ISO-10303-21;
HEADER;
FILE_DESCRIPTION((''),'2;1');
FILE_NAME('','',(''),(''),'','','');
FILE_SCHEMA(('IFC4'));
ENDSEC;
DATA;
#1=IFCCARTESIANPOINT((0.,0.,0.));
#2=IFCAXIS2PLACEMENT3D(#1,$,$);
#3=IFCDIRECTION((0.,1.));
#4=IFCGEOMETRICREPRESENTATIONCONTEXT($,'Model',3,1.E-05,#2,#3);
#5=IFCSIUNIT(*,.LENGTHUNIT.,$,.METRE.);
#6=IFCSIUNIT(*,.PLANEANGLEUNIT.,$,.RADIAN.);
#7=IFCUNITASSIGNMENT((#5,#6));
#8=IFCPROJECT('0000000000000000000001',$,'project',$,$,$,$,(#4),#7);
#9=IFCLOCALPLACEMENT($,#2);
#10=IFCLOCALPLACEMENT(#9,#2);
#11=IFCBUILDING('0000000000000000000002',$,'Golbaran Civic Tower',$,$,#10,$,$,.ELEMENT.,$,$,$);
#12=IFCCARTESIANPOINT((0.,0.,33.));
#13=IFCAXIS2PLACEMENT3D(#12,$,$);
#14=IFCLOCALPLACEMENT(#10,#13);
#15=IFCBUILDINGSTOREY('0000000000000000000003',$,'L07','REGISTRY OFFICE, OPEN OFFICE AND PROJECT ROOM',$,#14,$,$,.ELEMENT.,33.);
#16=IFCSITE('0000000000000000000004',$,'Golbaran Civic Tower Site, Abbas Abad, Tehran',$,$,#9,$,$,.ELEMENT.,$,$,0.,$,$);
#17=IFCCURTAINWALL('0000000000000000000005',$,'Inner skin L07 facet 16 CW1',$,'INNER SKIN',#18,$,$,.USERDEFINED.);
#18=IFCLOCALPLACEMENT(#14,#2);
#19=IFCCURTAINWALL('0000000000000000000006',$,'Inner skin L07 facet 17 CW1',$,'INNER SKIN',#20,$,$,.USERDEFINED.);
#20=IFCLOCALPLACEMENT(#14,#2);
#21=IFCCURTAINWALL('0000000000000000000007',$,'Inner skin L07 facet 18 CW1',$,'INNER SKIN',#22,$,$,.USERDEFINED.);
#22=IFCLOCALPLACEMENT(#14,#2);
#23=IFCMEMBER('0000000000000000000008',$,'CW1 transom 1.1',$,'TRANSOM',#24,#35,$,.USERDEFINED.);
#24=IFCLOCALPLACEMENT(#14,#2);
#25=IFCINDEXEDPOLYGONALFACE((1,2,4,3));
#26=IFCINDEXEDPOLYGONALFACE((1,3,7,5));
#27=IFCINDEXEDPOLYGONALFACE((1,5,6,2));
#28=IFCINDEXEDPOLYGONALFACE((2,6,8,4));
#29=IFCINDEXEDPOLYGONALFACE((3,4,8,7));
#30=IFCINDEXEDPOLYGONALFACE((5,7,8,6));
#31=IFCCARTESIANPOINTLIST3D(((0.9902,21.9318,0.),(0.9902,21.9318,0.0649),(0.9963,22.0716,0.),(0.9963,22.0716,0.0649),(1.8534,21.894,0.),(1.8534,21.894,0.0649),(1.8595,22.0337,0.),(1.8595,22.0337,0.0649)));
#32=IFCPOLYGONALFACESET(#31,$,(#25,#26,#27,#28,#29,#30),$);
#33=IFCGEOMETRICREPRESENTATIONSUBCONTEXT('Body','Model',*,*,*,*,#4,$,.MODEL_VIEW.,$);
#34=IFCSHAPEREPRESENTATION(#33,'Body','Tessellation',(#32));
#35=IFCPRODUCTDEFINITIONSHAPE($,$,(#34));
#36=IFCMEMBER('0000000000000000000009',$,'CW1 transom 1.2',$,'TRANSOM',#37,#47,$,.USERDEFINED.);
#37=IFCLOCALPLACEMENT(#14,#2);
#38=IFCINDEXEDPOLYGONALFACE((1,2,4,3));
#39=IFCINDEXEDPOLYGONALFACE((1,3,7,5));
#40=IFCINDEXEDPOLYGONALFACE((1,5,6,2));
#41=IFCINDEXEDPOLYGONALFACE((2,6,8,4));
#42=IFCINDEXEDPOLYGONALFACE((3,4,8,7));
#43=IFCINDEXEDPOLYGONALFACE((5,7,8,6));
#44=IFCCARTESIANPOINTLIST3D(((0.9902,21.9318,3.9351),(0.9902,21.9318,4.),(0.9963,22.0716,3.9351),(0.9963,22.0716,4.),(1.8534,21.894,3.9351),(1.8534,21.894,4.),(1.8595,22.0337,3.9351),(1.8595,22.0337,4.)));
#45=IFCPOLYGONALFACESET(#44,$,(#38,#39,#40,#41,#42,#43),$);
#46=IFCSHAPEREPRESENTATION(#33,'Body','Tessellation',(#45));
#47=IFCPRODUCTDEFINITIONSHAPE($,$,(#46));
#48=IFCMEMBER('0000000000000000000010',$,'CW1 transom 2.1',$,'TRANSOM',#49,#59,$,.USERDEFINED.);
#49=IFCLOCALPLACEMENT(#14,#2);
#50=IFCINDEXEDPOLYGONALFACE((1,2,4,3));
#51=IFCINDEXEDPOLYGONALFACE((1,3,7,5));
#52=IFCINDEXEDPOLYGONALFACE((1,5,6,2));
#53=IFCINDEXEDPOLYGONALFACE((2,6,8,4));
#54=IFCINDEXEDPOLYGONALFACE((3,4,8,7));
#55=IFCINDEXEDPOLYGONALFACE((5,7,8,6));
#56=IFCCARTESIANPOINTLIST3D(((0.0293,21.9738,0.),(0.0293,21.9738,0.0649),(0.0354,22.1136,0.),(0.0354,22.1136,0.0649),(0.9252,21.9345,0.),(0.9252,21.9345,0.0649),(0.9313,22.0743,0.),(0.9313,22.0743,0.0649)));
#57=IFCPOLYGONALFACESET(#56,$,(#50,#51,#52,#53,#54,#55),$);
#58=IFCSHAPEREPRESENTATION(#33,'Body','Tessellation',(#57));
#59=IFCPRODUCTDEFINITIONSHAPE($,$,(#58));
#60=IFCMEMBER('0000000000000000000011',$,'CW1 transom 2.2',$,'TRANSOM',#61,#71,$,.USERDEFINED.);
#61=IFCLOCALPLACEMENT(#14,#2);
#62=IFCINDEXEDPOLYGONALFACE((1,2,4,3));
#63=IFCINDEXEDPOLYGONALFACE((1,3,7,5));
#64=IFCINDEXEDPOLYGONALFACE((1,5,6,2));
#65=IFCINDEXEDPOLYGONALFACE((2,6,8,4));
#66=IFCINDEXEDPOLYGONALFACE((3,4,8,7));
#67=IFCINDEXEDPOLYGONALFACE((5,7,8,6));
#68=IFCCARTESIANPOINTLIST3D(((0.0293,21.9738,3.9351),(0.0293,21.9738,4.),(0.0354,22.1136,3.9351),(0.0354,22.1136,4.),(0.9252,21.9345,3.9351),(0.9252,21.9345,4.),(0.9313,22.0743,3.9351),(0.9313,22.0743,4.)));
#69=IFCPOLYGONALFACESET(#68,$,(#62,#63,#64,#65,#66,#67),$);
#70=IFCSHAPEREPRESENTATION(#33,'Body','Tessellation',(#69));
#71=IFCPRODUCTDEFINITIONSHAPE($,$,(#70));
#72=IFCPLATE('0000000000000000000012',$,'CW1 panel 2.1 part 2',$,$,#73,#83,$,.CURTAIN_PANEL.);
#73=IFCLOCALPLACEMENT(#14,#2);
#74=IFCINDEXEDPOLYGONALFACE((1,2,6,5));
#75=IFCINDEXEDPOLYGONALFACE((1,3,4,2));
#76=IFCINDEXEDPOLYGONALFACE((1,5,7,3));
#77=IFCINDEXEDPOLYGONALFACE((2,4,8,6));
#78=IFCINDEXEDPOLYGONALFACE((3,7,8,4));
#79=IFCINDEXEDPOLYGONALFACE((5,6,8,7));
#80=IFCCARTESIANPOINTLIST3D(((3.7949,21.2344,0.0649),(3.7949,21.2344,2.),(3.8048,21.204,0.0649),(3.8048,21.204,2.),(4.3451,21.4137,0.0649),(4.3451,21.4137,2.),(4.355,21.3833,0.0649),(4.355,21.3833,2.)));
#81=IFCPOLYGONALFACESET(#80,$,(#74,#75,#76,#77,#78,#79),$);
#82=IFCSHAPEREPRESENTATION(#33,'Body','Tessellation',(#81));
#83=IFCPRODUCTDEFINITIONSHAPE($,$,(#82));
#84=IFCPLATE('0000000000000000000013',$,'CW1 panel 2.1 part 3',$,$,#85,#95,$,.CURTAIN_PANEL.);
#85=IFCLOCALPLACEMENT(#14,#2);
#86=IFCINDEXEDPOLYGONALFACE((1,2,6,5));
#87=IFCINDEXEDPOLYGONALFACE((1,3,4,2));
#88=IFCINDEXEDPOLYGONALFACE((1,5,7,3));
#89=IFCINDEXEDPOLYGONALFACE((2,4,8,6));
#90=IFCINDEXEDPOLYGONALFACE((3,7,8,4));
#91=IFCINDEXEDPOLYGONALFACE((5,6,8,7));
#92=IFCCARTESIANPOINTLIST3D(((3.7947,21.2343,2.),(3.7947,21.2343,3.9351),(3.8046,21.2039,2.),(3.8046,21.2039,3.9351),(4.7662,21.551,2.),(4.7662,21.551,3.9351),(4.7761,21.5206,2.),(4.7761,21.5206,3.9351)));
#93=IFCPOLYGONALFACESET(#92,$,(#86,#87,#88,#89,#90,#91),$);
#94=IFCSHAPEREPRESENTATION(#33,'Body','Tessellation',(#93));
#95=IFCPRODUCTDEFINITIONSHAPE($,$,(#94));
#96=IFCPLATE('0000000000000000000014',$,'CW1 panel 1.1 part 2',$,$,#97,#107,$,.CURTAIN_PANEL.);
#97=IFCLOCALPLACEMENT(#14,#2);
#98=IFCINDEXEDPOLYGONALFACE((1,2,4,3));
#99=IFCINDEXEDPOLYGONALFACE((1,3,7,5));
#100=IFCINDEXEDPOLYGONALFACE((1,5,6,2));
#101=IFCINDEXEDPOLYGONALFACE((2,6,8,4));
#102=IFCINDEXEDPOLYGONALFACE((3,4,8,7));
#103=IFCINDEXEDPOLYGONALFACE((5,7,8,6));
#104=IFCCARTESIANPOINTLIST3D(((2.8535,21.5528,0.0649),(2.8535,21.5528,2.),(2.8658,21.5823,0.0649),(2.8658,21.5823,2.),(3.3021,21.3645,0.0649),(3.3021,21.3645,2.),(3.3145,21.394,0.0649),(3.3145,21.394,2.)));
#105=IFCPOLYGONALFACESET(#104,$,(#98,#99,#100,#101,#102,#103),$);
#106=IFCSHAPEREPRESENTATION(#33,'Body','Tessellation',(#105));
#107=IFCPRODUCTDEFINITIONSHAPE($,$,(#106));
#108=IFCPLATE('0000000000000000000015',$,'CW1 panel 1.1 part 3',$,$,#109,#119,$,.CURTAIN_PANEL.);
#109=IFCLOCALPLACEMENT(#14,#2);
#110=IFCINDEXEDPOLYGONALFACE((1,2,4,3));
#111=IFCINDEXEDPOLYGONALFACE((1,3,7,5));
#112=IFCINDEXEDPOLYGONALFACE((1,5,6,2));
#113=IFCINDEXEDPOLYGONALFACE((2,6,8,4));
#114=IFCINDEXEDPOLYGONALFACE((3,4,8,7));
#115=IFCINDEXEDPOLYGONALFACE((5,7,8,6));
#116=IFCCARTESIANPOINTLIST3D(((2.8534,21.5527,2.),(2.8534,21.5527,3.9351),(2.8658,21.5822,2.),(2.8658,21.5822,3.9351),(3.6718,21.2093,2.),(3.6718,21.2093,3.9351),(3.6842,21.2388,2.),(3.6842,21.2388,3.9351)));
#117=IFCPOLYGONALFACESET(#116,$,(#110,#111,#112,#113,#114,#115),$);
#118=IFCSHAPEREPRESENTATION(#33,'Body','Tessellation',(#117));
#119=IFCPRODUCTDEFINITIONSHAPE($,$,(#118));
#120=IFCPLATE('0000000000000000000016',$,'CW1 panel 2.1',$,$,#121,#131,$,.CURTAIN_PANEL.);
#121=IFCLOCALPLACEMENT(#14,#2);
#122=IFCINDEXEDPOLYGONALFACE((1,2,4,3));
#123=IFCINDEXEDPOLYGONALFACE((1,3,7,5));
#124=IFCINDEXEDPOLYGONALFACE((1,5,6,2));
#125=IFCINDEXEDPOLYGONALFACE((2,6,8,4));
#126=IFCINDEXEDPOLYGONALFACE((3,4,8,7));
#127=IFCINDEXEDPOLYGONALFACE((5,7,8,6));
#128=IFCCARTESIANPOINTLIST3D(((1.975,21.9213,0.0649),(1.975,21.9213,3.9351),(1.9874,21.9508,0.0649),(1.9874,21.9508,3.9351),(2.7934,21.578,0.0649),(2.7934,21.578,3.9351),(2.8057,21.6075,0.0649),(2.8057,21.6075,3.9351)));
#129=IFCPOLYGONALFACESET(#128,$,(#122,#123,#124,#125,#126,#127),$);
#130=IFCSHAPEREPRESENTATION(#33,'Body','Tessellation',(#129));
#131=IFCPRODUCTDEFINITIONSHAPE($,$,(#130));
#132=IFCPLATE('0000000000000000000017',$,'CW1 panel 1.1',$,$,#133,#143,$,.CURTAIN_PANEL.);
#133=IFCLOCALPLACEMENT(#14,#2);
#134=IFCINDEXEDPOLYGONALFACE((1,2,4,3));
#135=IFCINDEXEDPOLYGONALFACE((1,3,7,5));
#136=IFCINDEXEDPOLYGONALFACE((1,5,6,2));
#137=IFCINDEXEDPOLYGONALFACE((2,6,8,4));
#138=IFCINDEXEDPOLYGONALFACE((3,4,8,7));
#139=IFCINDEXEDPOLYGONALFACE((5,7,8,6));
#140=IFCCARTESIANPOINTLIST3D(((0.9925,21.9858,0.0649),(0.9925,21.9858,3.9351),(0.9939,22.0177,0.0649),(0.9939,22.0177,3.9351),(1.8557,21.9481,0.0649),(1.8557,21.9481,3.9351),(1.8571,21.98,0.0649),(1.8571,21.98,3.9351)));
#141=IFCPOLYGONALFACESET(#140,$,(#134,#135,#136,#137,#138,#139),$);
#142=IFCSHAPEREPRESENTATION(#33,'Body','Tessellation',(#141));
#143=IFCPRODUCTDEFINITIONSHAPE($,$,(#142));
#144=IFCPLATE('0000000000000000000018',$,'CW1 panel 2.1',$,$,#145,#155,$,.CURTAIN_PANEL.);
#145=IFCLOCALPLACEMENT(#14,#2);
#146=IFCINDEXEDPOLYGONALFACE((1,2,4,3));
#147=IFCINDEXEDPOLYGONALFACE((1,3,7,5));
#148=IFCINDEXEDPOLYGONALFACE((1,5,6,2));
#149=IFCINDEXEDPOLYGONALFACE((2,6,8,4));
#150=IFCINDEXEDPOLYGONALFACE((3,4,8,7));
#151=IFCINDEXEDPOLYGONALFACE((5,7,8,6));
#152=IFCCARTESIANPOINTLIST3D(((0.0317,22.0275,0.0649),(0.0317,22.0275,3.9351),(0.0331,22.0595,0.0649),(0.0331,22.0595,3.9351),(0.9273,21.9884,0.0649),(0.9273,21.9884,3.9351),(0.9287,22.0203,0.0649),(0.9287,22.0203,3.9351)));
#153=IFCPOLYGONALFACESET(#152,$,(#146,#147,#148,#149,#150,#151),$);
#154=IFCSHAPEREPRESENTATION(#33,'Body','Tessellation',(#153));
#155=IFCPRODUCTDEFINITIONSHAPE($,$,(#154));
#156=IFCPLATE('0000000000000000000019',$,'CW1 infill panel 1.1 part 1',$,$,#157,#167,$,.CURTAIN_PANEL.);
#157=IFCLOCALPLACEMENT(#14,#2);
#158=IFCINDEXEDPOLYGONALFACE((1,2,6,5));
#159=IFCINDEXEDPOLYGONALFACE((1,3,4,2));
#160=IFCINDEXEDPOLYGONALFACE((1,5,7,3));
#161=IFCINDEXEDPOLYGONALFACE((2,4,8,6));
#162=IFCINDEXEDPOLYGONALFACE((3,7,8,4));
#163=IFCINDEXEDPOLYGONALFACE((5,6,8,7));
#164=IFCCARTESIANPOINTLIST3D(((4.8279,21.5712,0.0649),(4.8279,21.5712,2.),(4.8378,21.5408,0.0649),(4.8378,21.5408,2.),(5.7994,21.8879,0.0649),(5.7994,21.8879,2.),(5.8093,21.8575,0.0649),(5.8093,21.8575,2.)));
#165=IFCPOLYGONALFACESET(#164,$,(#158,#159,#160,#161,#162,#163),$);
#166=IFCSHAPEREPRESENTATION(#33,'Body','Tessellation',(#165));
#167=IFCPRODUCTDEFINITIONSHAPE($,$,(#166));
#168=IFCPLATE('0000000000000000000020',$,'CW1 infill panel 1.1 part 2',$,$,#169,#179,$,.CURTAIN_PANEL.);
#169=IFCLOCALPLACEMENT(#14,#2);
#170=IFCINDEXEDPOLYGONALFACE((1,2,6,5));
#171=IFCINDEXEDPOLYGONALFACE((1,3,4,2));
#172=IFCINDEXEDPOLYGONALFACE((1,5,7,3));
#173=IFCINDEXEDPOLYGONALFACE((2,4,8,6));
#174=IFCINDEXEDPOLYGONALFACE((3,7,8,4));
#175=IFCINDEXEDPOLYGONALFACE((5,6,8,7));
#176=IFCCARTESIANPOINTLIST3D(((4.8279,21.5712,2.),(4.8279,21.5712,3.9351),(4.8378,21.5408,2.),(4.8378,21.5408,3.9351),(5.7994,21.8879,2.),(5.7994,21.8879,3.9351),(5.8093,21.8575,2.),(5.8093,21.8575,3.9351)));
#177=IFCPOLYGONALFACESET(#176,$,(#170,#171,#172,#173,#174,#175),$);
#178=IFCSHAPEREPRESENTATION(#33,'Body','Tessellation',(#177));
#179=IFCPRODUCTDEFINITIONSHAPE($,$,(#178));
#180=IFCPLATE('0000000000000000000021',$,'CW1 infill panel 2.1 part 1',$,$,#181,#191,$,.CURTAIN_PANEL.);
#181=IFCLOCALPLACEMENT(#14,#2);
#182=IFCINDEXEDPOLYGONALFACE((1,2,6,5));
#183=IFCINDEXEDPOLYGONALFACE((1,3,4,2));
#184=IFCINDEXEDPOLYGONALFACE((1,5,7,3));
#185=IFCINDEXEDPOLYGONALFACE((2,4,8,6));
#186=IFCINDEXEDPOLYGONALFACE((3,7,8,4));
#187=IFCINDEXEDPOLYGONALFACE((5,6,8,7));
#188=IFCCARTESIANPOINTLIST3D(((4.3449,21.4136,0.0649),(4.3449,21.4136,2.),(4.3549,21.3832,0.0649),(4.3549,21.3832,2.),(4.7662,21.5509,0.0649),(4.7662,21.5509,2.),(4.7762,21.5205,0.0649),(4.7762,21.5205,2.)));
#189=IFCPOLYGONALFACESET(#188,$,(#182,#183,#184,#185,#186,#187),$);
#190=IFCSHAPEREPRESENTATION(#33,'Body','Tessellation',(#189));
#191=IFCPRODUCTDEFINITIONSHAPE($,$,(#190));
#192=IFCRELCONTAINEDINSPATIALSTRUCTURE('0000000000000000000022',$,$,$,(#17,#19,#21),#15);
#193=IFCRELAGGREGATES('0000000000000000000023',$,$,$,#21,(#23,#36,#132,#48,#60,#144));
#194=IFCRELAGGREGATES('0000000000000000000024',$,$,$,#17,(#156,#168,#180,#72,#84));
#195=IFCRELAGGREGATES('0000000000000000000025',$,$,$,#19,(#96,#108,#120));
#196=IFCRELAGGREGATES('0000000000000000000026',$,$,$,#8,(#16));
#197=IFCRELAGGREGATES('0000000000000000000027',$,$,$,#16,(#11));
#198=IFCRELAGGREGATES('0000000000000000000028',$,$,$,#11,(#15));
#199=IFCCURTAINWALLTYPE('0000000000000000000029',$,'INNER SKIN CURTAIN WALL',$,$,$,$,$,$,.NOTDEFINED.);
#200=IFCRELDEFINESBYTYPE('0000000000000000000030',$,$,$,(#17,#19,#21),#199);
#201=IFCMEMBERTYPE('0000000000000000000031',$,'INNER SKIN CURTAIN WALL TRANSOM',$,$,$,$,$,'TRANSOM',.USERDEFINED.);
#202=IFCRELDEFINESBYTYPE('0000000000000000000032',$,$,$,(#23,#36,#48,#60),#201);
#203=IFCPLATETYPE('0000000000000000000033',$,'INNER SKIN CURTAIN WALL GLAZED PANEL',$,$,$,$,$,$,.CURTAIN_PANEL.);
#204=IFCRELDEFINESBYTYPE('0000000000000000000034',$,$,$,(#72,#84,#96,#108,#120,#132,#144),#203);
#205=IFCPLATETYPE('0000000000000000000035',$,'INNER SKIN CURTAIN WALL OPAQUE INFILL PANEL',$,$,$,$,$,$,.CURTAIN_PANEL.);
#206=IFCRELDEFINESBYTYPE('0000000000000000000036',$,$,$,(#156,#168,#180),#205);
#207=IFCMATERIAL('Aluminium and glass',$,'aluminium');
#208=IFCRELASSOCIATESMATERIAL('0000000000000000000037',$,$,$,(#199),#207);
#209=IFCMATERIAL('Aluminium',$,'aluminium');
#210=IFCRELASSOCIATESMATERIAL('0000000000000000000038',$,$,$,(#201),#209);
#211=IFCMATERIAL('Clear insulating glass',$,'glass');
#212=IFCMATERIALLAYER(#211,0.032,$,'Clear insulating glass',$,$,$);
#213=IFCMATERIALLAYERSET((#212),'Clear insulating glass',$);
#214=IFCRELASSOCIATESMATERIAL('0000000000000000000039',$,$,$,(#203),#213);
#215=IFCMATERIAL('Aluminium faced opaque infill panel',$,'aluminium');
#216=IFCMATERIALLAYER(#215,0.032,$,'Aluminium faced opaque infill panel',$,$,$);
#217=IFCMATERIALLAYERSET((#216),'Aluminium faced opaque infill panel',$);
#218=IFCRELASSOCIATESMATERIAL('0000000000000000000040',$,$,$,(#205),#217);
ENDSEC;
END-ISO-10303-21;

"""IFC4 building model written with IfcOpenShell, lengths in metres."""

from ifc_helpers import new_model, si_unit, direction, frame, origin, origin_2d, place, context, subcontext, project, spatial, rectangle, extrude, material, layer, layer_set, material_profile, profile_set, type_object, element, aggregate, save


model = new_model("IFC4")

# Units and contexts
model_context = context("Model", 3, precision=1e-05, world=origin(), true_north=direction((0.0, 1.0)))
body_context = subcontext(model_context, "Body", "Model", "MODEL_VIEW")
ifc_project = project(units=[si_unit("LENGTHUNIT", "METRE"), si_unit("PLANEANGLEUNIT", "RADIAN")], contexts=[model_context])

# Site, building, storey
site_placement = place(None, origin())
site = spatial("IfcSite", under=ifc_project, at=site_placement, Name="Golbaran Civic Tower Site, Abbas Abad, Tehran", CompositionType="ELEMENT", RefElevation=0.0)
building_placement = place(site_placement, origin())
building = spatial("IfcBuilding", under=site, at=building_placement, Name="Golbaran Civic Tower", CompositionType="ELEMENT")
storey_placement = place(building_placement, frame((0.0, 0.0, 33.0)))
storey = spatial("IfcBuildingStorey", under=building, at=storey_placement, Name="L07", Description="REGISTRY OFFICE, OPEN OFFICE AND PROJECT ROOM", CompositionType="ELEMENT", Elevation=33.0)

# Curtain walls
ifc_material_1 = material(Name="Aluminium and glass", Category="aluminium")
curtain_wall_type = type_object("IfcCurtainWallType", Name="INNER SKIN CURTAIN WALL", PredefinedType="NOTDEFINED", material=ifc_material_1)
curtain_wall_1_placement = place(storey_placement, origin())
curtain_wall_1 = element("IfcCurtainWall", 1, at=curtain_wall_1_placement, inside=storey, type_object=curtain_wall_type, Name="Inner skin L07 facet 16 CW1", ObjectType="INNER SKIN", PredefinedType="USERDEFINED")
ifc_material_2 = material(Name="Aluminium", Category="aluminium")
curtain_wall_2_placement = place(storey_placement, origin())
curtain_wall_2 = element("IfcCurtainWall", 2, at=curtain_wall_2_placement, inside=storey, type_object=curtain_wall_type, Name="Inner skin L07 facet 17 CW1", ObjectType="INNER SKIN", PredefinedType="USERDEFINED")
curtain_wall_3_placement = place(storey_placement, origin())
curtain_wall_3 = element("IfcCurtainWall", 3, at=curtain_wall_3_placement, inside=storey, type_object=curtain_wall_type, Name="Inner skin L07 facet 18 CW1", ObjectType="INNER SKIN", PredefinedType="USERDEFINED")

# Members
ifc_material_profile_1 = material_profile(ifc_material_2, rectangle(XDim=0.1399, YDim=0.0649, at=origin_2d()), Name="INNER SKIN CURTAIN WALL TRANSOM")
ifc_profile_set_1 = profile_set([ifc_material_profile_1], Name="Aluminium")
member_type_1 = type_object("IfcMemberType", Name="INNER SKIN CURTAIN WALL TRANSOM", ElementType="TRANSOM", PredefinedType="USERDEFINED", material=ifc_profile_set_1)
member_1_placement = place(storey_placement, frame((1.8564, 21.9639, 0.0325), z_axis=(-0.999041, 0.043793, 0.0), x_axis=(-0.043793, -0.999041, 0.0)))
member_1 = element("IfcMember", 4, at=member_1_placement, type_object=member_type_1, Name="CW1 transom 1.1", ObjectType="TRANSOM", PredefinedType="USERDEFINED", context=body_context, shape_type="SweptSolid", body=[
    extrude(rectangle(XDim=0.1399, YDim=0.0649, at=origin_2d()), origin(), (0.0, 0.0, 1.0), 0.864),
])
member_2_placement = place(storey_placement, frame((1.8564, 21.9639, 3.9675), z_axis=(-0.999041, 0.043793, 0.0), x_axis=(-0.043793, -0.999041, 0.0)))
member_2 = element("IfcMember", 5, at=member_2_placement, type_object=member_type_1, Name="CW1 transom 1.2", ObjectType="TRANSOM", PredefinedType="USERDEFINED", context=body_context, shape_type="SweptSolid", body=[
    extrude(rectangle(XDim=0.1399, YDim=0.0649, at=origin_2d()), origin(), (0.0, 0.0, 1.0), 0.864),
])
member_3_placement = place(storey_placement, frame((0.9282, 22.0044, 0.0325), z_axis=(-0.999039, 0.043839, 0.0), x_axis=(-0.043839, -0.999039, 0.0)))
member_3 = element("IfcMember", 6, at=member_3_placement, type_object=member_type_1, Name="CW1 transom 2.1", ObjectType="TRANSOM", PredefinedType="USERDEFINED", context=body_context, shape_type="SweptSolid", body=[
    extrude(rectangle(XDim=0.1399, YDim=0.0649, at=origin_2d()), origin(), (0.0, 0.0, 1.0), 0.8967),
])
member_4_placement = place(storey_placement, frame((0.9282, 22.0044, 3.9675), z_axis=(-0.999039, 0.043839, 0.0), x_axis=(-0.043839, -0.999039, 0.0)))
member_4 = element("IfcMember", 7, at=member_4_placement, type_object=member_type_1, Name="CW1 transom 2.2", ObjectType="TRANSOM", PredefinedType="USERDEFINED", context=body_context, shape_type="SweptSolid", body=[
    extrude(rectangle(XDim=0.1399, YDim=0.0649, at=origin_2d()), origin(), (0.0, 0.0, 1.0), 0.8967),
])

# Plates
ifc_material_3 = material(Name="Clear insulating glass", Category="glass")
ifc_layer_1 = layer(ifc_material_3, 0.032, Name="Clear insulating glass")
ifc_layer_set_1 = layer_set([ifc_layer_1], Name="Clear insulating glass")
plate_type_1 = type_object("IfcPlateType", Name="INNER SKIN CURTAIN WALL GLAZED PANEL", PredefinedType="CURTAIN_PANEL", material=ifc_layer_set_1)
plate_1_placement = place(storey_placement, frame((4.075, 21.3088, 0.0649), z_axis=(0.0, 0.0, 1.0), x_axis=(-0.950761, -0.309925, 0.0)))
plate_1 = element("IfcPlate", 8, at=plate_1_placement, type_object=plate_type_1, Name="CW1 panel 2.1 part 2", PredefinedType="CURTAIN_PANEL", context=body_context, shape_type="SweptSolid", body=[
    extrude(rectangle(XDim=0.5786, YDim=0.032, at=origin_2d()), origin(), (0.0, 0.0, 1.0), 1.9351),
])
plate_2_placement = place(storey_placement, frame((4.2854, 21.3774, 2.0), z_axis=(0.0, 0.0, 1.0), x_axis=(-0.950761, -0.309925, 0.0)))
plate_2 = element("IfcPlate", 9, at=plate_2_placement, type_object=plate_type_1, Name="CW1 panel 2.1 part 3", PredefinedType="CURTAIN_PANEL", context=body_context, shape_type="SweptSolid", body=[
    extrude(rectangle(XDim=1.0217, YDim=0.032, at=origin_2d()), origin(), (0.0, 0.0, 1.0), 1.9351),
])
plate_3_placement = place(storey_placement, frame((3.084, 21.4734, 0.0649), z_axis=(0.0, 0.0, 1.0), x_axis=(-0.922133, 0.386873, 0.0)))
plate_3 = element("IfcPlate", 10, at=plate_3_placement, type_object=plate_type_1, Name="CW1 panel 1.1 part 2", PredefinedType="CURTAIN_PANEL", context=body_context, shape_type="SweptSolid", body=[
    extrude(rectangle(XDim=0.4866, YDim=0.032, at=origin_2d()), origin(), (0.0, 0.0, 1.0), 1.9351),
])
plate_4_placement = place(storey_placement, frame((3.2688, 21.3958, 2.0), z_axis=(0.0, 0.0, 1.0), x_axis=(-0.922133, 0.386873, 0.0)))
plate_4 = element("IfcPlate", 11, at=plate_4_placement, type_object=plate_type_1, Name="CW1 panel 1.1 part 3", PredefinedType="CURTAIN_PANEL", context=body_context, shape_type="SweptSolid", body=[
    extrude(rectangle(XDim=0.8875, YDim=0.032, at=origin_2d()), origin(), (0.0, 0.0, 1.0), 1.9351),
])
plate_5_placement = place(storey_placement, frame((2.3904, 21.7644, 0.0649), z_axis=(0.0, 0.0, 1.0), x_axis=(-0.922133, 0.386873, 0.0)))
plate_5 = element("IfcPlate", 12, at=plate_5_placement, type_object=plate_type_1, Name="CW1 panel 2.1", PredefinedType="CURTAIN_PANEL", context=body_context, shape_type="SweptSolid", body=[
    extrude(rectangle(XDim=0.8875, YDim=0.032, at=origin_2d()), origin(), (0.0, 0.0, 1.0), 3.8701),
])
plate_6_placement = place(storey_placement, frame((1.4248, 21.9829, 0.0649), z_axis=(0.0, 0.0, 1.0), x_axis=(-0.999048, 0.043619, 0.0)))
plate_6 = element("IfcPlate", 13, at=plate_6_placement, type_object=plate_type_1, Name="CW1 panel 1.1", PredefinedType="CURTAIN_PANEL", context=body_context, shape_type="SweptSolid", body=[
    extrude(rectangle(XDim=0.864, YDim=0.032, at=origin_2d()), origin(), (0.0, 0.0, 1.0), 3.8701),
])
plate_7_placement = place(storey_placement, frame((0.4802, 22.0239, 0.0649), z_axis=(0.0, 0.0, 1.0), x_axis=(-0.999048, 0.043619, 0.0)))
plate_7 = element("IfcPlate", 14, at=plate_7_placement, type_object=plate_type_1, Name="CW1 panel 2.1", PredefinedType="CURTAIN_PANEL", context=body_context, shape_type="SweptSolid", body=[
    extrude(rectangle(XDim=0.8965, YDim=0.032, at=origin_2d()), origin(), (0.0, 0.0, 1.0), 3.8701),
])
aggregate(curtain_wall_3, [member_1, member_2, plate_6, member_3, member_4, plate_7])
ifc_material_4 = material(Name="Aluminium faced opaque infill panel", Category="aluminium")
ifc_layer_2 = layer(ifc_material_4, 0.032, Name="Aluminium faced opaque infill panel")
ifc_layer_set_2 = layer_set([ifc_layer_2], Name="Aluminium faced opaque infill panel")
plate_type_2 = type_object("IfcPlateType", Name="INNER SKIN CURTAIN WALL OPAQUE INFILL PANEL", PredefinedType="CURTAIN_PANEL", material=ifc_layer_set_2)
plate_8_placement = place(storey_placement, frame((5.3186, 21.7144, 0.0649), z_axis=(0.0, 0.0, 1.0), x_axis=(-0.950761, -0.309925, 0.0)))
plate_8 = element("IfcPlate", 15, at=plate_8_placement, type_object=plate_type_2, Name="CW1 infill panel 1.1 part 1", PredefinedType="CURTAIN_PANEL", context=body_context, shape_type="SweptSolid", body=[
    extrude(rectangle(XDim=1.0217, YDim=0.032, at=origin_2d()), origin(), (0.0, 0.0, 1.0), 1.9351),
])
plate_9_placement = place(storey_placement, frame((5.3186, 21.7144, 2.0), z_axis=(0.0, 0.0, 1.0), x_axis=(-0.950761, -0.309925, 0.0)))
plate_9 = element("IfcPlate", 16, at=plate_9_placement, type_object=plate_type_2, Name="CW1 infill panel 1.1 part 2", PredefinedType="CURTAIN_PANEL", context=body_context, shape_type="SweptSolid", body=[
    extrude(rectangle(XDim=1.0217, YDim=0.032, at=origin_2d()), origin(), (0.0, 0.0, 1.0), 1.9351),
])
plate_10_placement = place(storey_placement, frame((4.5605, 21.467, 0.0649), z_axis=(0.0, 0.0, 1.0), x_axis=(-0.950761, -0.309925, 0.0)))
plate_10 = element("IfcPlate", 17, at=plate_10_placement, type_object=plate_type_2, Name="CW1 infill panel 2.1 part 1", PredefinedType="CURTAIN_PANEL", context=body_context, shape_type="SweptSolid", body=[
    extrude(rectangle(XDim=0.4431, YDim=0.032, at=origin_2d()), origin(), (0.0, 0.0, 1.0), 1.9351),
])
aggregate(curtain_wall_1, [plate_8, plate_9, plate_10, plate_1, plate_2])
aggregate(curtain_wall_2, [plate_3, plate_4, plate_5])

save(model, "model.ifc")
